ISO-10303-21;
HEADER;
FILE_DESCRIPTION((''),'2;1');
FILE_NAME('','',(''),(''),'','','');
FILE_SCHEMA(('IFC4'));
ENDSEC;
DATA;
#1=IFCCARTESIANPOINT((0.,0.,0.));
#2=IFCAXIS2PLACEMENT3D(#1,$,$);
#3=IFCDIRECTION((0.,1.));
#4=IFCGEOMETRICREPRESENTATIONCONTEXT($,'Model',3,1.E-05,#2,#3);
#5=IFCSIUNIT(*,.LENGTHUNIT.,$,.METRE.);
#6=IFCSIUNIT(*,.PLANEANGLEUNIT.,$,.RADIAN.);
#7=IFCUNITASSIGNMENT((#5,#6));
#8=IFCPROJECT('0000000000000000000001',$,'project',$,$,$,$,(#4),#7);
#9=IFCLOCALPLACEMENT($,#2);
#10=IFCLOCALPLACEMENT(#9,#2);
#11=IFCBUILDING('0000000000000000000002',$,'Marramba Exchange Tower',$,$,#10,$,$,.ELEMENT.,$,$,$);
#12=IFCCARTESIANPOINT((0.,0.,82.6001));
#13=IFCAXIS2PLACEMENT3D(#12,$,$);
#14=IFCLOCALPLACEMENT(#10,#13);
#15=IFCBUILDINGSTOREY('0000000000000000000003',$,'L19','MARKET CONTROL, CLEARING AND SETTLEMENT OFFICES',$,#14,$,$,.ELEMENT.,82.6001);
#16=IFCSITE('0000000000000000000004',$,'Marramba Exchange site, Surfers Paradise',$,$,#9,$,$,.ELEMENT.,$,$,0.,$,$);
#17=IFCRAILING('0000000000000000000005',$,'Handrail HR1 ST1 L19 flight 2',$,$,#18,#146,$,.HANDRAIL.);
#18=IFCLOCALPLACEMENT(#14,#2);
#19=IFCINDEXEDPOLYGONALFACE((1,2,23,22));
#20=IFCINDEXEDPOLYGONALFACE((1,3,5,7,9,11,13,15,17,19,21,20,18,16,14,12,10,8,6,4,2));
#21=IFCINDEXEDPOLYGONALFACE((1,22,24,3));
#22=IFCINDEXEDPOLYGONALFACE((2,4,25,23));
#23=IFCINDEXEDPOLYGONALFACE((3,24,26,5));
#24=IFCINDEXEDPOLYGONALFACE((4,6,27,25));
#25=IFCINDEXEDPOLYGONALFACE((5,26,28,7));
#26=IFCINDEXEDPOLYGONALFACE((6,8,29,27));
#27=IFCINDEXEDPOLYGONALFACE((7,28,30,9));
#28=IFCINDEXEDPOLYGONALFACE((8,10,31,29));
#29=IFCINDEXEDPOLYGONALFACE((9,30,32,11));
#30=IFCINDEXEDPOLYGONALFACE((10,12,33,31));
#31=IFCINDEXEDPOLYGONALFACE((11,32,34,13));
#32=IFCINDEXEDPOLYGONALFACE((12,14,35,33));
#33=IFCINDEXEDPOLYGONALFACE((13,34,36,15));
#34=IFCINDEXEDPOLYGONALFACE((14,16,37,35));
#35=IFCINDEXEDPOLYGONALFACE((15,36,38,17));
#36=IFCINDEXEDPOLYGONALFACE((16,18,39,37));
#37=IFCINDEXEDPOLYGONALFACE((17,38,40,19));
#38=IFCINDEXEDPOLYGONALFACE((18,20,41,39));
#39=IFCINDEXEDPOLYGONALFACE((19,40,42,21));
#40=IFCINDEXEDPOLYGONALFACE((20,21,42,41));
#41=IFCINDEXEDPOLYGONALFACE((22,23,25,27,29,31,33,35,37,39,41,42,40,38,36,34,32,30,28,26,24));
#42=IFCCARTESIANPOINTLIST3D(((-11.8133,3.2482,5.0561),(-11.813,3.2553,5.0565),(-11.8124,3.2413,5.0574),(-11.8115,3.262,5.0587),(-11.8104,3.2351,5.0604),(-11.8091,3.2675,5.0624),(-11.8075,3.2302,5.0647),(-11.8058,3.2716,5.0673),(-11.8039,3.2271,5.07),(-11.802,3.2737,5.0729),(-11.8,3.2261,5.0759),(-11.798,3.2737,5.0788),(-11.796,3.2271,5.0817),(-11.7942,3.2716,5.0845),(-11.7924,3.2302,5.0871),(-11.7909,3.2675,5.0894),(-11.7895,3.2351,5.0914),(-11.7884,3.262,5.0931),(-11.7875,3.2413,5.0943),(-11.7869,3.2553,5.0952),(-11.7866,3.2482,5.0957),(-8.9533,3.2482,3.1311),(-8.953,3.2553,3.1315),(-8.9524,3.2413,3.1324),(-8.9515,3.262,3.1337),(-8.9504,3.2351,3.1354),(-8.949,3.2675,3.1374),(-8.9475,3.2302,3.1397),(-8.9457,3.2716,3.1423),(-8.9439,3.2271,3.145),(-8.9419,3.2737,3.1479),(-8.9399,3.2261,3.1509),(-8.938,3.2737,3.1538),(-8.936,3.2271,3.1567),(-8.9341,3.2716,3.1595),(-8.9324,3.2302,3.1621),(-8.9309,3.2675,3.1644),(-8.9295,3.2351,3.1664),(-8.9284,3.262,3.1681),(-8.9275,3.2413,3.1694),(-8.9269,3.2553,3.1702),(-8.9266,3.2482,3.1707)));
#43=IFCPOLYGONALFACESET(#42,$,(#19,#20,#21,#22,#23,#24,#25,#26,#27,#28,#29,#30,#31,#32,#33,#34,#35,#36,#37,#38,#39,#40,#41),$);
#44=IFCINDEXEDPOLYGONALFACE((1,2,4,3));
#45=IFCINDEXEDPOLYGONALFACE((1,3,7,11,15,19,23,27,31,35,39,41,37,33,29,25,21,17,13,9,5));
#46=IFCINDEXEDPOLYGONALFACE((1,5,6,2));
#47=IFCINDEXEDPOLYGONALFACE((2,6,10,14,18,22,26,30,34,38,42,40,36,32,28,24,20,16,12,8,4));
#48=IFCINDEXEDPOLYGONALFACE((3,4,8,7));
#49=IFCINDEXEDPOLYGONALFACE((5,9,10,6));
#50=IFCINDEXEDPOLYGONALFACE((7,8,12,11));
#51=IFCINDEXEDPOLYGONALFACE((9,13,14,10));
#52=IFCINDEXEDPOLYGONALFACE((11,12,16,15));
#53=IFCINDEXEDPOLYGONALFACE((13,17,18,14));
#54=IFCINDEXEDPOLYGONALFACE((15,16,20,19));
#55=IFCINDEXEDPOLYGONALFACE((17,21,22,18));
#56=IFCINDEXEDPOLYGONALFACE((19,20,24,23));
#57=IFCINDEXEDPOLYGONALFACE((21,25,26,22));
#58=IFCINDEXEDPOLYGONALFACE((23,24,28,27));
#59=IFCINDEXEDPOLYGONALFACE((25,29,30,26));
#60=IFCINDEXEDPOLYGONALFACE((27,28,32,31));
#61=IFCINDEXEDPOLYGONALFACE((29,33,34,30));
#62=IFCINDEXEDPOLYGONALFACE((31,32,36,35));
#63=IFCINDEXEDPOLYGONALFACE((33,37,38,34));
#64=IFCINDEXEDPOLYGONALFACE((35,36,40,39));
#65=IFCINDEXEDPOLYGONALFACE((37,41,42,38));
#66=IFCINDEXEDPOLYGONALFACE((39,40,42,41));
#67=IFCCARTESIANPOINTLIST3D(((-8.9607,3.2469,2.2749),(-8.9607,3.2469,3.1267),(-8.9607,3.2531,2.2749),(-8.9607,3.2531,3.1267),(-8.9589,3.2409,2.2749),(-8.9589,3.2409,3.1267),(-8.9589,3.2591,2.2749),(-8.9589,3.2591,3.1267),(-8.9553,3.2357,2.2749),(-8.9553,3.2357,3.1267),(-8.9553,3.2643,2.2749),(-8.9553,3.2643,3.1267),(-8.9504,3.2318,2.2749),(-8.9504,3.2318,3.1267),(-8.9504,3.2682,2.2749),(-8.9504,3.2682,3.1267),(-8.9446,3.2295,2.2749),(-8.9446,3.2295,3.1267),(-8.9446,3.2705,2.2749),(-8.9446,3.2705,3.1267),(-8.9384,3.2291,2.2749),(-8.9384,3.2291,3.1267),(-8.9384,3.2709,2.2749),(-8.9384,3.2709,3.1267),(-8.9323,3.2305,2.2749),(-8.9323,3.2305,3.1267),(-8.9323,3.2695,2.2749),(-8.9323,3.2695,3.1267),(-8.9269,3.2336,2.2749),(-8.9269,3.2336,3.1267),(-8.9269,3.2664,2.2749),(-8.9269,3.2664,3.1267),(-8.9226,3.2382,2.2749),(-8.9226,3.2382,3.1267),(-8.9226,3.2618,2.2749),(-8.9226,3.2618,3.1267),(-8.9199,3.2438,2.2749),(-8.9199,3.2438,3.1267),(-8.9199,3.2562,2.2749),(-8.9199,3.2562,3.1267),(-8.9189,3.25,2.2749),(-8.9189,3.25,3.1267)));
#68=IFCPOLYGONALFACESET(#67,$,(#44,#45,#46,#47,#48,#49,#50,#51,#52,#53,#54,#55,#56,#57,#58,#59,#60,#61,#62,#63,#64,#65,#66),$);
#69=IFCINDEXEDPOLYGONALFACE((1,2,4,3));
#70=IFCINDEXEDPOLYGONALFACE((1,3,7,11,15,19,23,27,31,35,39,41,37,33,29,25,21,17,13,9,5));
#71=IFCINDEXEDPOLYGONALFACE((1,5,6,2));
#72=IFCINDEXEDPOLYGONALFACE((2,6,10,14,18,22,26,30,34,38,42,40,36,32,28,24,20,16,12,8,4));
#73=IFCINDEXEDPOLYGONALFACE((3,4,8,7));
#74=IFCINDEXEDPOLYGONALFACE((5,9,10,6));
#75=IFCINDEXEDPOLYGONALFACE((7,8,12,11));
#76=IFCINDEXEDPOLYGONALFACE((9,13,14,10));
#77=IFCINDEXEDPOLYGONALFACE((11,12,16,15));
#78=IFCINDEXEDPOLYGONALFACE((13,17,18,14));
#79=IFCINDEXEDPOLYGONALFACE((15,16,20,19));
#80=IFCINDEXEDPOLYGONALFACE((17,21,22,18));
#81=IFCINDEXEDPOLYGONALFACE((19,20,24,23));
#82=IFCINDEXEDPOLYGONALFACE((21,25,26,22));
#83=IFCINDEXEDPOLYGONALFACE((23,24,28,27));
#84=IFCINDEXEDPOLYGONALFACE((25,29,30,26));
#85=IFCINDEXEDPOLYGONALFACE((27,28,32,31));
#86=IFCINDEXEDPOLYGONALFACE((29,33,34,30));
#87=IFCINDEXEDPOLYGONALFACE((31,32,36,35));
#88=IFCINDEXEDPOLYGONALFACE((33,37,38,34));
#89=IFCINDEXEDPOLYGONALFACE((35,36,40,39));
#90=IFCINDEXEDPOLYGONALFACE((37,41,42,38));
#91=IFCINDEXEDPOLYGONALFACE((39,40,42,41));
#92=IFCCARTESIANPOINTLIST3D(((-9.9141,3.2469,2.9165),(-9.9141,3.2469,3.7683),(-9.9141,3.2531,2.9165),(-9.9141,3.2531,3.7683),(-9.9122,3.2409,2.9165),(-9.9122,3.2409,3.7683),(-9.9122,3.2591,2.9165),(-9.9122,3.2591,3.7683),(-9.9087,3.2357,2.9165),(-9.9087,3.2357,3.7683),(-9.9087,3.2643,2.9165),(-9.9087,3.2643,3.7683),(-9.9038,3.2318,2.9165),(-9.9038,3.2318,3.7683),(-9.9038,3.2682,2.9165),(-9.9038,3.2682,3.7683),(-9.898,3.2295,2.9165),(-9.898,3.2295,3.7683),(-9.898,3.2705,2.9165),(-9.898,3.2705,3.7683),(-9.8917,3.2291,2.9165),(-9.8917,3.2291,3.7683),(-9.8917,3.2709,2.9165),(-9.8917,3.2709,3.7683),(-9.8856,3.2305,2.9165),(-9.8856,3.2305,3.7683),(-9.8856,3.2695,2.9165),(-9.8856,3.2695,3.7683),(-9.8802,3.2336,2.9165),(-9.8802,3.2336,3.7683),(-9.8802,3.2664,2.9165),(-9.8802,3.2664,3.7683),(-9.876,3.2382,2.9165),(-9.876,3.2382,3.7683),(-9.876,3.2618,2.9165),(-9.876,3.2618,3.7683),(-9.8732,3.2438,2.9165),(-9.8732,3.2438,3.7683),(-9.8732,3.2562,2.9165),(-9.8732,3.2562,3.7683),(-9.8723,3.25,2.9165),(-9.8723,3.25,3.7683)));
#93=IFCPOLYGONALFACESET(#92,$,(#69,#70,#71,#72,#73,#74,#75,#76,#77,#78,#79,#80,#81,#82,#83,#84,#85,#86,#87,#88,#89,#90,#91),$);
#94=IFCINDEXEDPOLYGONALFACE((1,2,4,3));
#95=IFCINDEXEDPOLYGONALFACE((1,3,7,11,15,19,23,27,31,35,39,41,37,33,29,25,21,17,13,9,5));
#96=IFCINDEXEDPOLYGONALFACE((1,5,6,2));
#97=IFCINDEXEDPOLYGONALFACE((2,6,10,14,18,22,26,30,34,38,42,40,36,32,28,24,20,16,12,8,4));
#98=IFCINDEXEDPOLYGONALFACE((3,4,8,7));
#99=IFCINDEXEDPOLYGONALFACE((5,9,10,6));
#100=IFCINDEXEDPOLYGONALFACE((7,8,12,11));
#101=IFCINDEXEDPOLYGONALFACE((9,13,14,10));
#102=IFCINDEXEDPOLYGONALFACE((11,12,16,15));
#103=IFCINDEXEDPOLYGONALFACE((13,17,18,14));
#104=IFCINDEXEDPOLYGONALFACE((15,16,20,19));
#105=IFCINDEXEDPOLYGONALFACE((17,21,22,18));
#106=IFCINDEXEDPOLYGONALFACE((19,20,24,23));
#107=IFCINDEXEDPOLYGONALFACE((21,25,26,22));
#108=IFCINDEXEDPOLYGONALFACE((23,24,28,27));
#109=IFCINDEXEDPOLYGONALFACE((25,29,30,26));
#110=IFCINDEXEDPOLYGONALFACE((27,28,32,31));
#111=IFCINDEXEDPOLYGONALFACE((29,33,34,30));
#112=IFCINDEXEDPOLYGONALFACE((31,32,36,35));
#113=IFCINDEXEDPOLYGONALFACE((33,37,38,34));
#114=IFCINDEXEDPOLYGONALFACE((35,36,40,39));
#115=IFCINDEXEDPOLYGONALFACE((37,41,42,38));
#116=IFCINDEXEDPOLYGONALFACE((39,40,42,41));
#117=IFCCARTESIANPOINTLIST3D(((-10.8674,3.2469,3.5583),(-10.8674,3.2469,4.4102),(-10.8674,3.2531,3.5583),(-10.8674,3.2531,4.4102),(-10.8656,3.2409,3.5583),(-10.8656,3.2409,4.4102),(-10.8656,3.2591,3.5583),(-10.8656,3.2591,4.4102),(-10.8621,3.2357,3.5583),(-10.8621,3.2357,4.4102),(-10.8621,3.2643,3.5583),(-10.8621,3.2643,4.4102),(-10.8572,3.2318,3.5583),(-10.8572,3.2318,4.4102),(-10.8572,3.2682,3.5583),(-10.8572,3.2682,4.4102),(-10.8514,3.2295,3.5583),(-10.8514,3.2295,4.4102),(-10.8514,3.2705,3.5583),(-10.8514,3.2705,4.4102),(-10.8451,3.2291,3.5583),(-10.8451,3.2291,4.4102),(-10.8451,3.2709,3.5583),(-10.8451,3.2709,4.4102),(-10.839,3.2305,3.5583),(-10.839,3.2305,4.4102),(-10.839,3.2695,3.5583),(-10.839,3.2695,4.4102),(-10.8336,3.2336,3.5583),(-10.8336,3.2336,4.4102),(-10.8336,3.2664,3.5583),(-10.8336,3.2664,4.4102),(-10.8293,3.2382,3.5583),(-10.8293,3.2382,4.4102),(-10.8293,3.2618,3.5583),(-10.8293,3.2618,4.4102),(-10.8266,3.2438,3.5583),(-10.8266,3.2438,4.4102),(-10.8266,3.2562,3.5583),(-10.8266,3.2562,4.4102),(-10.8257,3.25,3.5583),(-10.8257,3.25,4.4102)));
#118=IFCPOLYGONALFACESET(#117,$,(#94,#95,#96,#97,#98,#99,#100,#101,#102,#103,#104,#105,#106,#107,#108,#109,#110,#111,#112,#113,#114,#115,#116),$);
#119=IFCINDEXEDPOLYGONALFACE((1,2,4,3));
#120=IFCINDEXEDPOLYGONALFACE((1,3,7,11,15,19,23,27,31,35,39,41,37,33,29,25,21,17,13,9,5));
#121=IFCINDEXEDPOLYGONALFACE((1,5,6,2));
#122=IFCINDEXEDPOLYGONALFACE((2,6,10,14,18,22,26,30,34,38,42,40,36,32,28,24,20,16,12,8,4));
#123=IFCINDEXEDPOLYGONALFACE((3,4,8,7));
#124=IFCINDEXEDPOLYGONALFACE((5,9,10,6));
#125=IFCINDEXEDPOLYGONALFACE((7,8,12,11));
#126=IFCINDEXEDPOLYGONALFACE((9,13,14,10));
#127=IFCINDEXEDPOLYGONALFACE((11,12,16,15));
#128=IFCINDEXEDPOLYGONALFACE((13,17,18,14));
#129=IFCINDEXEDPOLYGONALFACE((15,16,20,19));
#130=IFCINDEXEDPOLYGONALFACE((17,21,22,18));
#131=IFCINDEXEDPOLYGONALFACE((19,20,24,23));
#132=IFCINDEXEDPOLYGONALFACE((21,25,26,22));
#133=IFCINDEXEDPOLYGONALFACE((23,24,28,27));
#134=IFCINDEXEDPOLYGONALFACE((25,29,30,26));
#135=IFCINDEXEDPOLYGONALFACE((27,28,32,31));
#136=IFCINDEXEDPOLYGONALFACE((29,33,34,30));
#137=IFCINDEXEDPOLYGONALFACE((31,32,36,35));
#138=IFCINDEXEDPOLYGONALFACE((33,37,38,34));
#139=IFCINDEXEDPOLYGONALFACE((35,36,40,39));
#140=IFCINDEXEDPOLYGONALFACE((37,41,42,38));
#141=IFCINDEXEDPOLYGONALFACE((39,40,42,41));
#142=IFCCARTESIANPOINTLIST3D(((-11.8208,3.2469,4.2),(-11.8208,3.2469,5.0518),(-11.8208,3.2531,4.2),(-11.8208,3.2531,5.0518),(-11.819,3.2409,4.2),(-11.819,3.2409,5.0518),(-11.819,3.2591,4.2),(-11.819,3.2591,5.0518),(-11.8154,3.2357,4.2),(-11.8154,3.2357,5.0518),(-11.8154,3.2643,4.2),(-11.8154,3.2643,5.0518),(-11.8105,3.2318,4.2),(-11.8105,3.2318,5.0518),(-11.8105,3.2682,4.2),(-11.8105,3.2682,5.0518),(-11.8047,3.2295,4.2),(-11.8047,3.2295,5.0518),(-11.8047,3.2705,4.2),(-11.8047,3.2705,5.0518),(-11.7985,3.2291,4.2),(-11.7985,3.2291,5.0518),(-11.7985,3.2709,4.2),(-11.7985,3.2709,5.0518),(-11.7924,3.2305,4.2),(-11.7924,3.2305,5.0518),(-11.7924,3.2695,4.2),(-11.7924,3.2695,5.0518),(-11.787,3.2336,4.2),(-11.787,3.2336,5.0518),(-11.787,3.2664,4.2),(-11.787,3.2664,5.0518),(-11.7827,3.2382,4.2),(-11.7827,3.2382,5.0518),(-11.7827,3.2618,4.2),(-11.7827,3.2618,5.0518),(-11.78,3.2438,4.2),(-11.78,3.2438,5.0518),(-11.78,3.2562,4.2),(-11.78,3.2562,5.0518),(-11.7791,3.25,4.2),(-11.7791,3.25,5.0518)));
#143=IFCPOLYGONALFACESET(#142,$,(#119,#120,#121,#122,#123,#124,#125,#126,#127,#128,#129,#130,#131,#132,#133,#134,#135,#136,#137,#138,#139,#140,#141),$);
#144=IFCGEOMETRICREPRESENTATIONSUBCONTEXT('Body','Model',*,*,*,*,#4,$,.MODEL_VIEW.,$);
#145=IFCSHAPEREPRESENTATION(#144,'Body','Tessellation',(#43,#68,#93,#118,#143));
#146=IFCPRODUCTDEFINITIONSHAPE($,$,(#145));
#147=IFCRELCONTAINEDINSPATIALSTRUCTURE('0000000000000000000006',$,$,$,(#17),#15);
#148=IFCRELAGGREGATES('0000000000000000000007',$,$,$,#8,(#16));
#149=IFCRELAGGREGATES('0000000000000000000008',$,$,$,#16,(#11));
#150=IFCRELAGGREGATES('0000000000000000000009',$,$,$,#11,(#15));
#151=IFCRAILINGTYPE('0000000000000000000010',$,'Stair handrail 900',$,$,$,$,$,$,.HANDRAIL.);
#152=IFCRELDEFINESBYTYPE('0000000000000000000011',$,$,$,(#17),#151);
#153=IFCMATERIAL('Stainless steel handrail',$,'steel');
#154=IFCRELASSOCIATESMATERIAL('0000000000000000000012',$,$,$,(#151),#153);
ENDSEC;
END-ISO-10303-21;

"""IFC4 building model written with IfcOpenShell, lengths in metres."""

from ifc_helpers import new_model, si_unit, direction, frame, origin, origin_2d, place, context, subcontext, project, spatial, circle, extrude, material, type_object, element, save


model = new_model("IFC4")

# Units and contexts
model_context = context("Model", 3, precision=1e-05, world=origin(), true_north=direction((0.0, 1.0)))
body_context = subcontext(model_context, "Body", "Model", "MODEL_VIEW")
ifc_project = project(units=[si_unit("LENGTHUNIT", "METRE"), si_unit("PLANEANGLEUNIT", "RADIAN")], contexts=[model_context])

# Site, building, storey
site_placement = place(None, origin())
site = spatial("IfcSite", under=ifc_project, at=site_placement, Name="Marramba Exchange site, Surfers Paradise", CompositionType="ELEMENT", RefElevation=0.0)
building_placement = place(site_placement, origin())
building = spatial("IfcBuilding", under=site, at=building_placement, Name="Marramba Exchange Tower", CompositionType="ELEMENT")
storey_placement = place(building_placement, frame((0.0, 0.0, 82.6001)))
storey = spatial("IfcBuildingStorey", under=building, at=storey_placement, Name="L19", Description="MARKET CONTROL, CLEARING AND SETTLEMENT OFFICES", CompositionType="ELEMENT", Elevation=82.6001)

# Railing
ifc_material_1 = material(Name="Stainless steel handrail", Category="steel")
railing_type = type_object("IfcRailingType", Name="Stair handrail 900", PredefinedType="HANDRAIL", material=ifc_material_1)
railing_placement = place(storey_placement, frame((-8.9399, 3.25, 2.2749)))
element("IfcRailing", 1, at=railing_placement, inside=storey, type_object=railing_type, Name="Handrail HR1 ST1 L19 flight 2", PredefinedType="HANDRAIL", context=body_context, shape_type="SweptSolid", body=[
    extrude(circle(Radius=0.0239, at=origin_2d()), frame((0.0, 0.0, 0.876), z_axis=(-0.829591, 0.0, 0.558372), x_axis=(0.0, -1.0, 0.0)), (0.0, 0.0, 1.0), 3.4475),
    extrude(circle(Radius=0.021, at=origin_2d()), origin(), (0.0, 0.0, 1.0), 0.8518),
    extrude(circle(Radius=0.021, at=origin_2d()), frame((-0.9534, 0.0, 0.6416)), (0.0, 0.0, 1.0), 0.8518),
    extrude(circle(Radius=0.021, at=origin_2d()), frame((-1.9067, 0.0, 1.2834)), (0.0, 0.0, 1.0), 0.8518),
    extrude(circle(Radius=0.021, at=origin_2d()), frame((-2.8601, 0.0, 1.925)), (0.0, 0.0, 1.0), 0.8518),
])

save(model, "model.ifc")
